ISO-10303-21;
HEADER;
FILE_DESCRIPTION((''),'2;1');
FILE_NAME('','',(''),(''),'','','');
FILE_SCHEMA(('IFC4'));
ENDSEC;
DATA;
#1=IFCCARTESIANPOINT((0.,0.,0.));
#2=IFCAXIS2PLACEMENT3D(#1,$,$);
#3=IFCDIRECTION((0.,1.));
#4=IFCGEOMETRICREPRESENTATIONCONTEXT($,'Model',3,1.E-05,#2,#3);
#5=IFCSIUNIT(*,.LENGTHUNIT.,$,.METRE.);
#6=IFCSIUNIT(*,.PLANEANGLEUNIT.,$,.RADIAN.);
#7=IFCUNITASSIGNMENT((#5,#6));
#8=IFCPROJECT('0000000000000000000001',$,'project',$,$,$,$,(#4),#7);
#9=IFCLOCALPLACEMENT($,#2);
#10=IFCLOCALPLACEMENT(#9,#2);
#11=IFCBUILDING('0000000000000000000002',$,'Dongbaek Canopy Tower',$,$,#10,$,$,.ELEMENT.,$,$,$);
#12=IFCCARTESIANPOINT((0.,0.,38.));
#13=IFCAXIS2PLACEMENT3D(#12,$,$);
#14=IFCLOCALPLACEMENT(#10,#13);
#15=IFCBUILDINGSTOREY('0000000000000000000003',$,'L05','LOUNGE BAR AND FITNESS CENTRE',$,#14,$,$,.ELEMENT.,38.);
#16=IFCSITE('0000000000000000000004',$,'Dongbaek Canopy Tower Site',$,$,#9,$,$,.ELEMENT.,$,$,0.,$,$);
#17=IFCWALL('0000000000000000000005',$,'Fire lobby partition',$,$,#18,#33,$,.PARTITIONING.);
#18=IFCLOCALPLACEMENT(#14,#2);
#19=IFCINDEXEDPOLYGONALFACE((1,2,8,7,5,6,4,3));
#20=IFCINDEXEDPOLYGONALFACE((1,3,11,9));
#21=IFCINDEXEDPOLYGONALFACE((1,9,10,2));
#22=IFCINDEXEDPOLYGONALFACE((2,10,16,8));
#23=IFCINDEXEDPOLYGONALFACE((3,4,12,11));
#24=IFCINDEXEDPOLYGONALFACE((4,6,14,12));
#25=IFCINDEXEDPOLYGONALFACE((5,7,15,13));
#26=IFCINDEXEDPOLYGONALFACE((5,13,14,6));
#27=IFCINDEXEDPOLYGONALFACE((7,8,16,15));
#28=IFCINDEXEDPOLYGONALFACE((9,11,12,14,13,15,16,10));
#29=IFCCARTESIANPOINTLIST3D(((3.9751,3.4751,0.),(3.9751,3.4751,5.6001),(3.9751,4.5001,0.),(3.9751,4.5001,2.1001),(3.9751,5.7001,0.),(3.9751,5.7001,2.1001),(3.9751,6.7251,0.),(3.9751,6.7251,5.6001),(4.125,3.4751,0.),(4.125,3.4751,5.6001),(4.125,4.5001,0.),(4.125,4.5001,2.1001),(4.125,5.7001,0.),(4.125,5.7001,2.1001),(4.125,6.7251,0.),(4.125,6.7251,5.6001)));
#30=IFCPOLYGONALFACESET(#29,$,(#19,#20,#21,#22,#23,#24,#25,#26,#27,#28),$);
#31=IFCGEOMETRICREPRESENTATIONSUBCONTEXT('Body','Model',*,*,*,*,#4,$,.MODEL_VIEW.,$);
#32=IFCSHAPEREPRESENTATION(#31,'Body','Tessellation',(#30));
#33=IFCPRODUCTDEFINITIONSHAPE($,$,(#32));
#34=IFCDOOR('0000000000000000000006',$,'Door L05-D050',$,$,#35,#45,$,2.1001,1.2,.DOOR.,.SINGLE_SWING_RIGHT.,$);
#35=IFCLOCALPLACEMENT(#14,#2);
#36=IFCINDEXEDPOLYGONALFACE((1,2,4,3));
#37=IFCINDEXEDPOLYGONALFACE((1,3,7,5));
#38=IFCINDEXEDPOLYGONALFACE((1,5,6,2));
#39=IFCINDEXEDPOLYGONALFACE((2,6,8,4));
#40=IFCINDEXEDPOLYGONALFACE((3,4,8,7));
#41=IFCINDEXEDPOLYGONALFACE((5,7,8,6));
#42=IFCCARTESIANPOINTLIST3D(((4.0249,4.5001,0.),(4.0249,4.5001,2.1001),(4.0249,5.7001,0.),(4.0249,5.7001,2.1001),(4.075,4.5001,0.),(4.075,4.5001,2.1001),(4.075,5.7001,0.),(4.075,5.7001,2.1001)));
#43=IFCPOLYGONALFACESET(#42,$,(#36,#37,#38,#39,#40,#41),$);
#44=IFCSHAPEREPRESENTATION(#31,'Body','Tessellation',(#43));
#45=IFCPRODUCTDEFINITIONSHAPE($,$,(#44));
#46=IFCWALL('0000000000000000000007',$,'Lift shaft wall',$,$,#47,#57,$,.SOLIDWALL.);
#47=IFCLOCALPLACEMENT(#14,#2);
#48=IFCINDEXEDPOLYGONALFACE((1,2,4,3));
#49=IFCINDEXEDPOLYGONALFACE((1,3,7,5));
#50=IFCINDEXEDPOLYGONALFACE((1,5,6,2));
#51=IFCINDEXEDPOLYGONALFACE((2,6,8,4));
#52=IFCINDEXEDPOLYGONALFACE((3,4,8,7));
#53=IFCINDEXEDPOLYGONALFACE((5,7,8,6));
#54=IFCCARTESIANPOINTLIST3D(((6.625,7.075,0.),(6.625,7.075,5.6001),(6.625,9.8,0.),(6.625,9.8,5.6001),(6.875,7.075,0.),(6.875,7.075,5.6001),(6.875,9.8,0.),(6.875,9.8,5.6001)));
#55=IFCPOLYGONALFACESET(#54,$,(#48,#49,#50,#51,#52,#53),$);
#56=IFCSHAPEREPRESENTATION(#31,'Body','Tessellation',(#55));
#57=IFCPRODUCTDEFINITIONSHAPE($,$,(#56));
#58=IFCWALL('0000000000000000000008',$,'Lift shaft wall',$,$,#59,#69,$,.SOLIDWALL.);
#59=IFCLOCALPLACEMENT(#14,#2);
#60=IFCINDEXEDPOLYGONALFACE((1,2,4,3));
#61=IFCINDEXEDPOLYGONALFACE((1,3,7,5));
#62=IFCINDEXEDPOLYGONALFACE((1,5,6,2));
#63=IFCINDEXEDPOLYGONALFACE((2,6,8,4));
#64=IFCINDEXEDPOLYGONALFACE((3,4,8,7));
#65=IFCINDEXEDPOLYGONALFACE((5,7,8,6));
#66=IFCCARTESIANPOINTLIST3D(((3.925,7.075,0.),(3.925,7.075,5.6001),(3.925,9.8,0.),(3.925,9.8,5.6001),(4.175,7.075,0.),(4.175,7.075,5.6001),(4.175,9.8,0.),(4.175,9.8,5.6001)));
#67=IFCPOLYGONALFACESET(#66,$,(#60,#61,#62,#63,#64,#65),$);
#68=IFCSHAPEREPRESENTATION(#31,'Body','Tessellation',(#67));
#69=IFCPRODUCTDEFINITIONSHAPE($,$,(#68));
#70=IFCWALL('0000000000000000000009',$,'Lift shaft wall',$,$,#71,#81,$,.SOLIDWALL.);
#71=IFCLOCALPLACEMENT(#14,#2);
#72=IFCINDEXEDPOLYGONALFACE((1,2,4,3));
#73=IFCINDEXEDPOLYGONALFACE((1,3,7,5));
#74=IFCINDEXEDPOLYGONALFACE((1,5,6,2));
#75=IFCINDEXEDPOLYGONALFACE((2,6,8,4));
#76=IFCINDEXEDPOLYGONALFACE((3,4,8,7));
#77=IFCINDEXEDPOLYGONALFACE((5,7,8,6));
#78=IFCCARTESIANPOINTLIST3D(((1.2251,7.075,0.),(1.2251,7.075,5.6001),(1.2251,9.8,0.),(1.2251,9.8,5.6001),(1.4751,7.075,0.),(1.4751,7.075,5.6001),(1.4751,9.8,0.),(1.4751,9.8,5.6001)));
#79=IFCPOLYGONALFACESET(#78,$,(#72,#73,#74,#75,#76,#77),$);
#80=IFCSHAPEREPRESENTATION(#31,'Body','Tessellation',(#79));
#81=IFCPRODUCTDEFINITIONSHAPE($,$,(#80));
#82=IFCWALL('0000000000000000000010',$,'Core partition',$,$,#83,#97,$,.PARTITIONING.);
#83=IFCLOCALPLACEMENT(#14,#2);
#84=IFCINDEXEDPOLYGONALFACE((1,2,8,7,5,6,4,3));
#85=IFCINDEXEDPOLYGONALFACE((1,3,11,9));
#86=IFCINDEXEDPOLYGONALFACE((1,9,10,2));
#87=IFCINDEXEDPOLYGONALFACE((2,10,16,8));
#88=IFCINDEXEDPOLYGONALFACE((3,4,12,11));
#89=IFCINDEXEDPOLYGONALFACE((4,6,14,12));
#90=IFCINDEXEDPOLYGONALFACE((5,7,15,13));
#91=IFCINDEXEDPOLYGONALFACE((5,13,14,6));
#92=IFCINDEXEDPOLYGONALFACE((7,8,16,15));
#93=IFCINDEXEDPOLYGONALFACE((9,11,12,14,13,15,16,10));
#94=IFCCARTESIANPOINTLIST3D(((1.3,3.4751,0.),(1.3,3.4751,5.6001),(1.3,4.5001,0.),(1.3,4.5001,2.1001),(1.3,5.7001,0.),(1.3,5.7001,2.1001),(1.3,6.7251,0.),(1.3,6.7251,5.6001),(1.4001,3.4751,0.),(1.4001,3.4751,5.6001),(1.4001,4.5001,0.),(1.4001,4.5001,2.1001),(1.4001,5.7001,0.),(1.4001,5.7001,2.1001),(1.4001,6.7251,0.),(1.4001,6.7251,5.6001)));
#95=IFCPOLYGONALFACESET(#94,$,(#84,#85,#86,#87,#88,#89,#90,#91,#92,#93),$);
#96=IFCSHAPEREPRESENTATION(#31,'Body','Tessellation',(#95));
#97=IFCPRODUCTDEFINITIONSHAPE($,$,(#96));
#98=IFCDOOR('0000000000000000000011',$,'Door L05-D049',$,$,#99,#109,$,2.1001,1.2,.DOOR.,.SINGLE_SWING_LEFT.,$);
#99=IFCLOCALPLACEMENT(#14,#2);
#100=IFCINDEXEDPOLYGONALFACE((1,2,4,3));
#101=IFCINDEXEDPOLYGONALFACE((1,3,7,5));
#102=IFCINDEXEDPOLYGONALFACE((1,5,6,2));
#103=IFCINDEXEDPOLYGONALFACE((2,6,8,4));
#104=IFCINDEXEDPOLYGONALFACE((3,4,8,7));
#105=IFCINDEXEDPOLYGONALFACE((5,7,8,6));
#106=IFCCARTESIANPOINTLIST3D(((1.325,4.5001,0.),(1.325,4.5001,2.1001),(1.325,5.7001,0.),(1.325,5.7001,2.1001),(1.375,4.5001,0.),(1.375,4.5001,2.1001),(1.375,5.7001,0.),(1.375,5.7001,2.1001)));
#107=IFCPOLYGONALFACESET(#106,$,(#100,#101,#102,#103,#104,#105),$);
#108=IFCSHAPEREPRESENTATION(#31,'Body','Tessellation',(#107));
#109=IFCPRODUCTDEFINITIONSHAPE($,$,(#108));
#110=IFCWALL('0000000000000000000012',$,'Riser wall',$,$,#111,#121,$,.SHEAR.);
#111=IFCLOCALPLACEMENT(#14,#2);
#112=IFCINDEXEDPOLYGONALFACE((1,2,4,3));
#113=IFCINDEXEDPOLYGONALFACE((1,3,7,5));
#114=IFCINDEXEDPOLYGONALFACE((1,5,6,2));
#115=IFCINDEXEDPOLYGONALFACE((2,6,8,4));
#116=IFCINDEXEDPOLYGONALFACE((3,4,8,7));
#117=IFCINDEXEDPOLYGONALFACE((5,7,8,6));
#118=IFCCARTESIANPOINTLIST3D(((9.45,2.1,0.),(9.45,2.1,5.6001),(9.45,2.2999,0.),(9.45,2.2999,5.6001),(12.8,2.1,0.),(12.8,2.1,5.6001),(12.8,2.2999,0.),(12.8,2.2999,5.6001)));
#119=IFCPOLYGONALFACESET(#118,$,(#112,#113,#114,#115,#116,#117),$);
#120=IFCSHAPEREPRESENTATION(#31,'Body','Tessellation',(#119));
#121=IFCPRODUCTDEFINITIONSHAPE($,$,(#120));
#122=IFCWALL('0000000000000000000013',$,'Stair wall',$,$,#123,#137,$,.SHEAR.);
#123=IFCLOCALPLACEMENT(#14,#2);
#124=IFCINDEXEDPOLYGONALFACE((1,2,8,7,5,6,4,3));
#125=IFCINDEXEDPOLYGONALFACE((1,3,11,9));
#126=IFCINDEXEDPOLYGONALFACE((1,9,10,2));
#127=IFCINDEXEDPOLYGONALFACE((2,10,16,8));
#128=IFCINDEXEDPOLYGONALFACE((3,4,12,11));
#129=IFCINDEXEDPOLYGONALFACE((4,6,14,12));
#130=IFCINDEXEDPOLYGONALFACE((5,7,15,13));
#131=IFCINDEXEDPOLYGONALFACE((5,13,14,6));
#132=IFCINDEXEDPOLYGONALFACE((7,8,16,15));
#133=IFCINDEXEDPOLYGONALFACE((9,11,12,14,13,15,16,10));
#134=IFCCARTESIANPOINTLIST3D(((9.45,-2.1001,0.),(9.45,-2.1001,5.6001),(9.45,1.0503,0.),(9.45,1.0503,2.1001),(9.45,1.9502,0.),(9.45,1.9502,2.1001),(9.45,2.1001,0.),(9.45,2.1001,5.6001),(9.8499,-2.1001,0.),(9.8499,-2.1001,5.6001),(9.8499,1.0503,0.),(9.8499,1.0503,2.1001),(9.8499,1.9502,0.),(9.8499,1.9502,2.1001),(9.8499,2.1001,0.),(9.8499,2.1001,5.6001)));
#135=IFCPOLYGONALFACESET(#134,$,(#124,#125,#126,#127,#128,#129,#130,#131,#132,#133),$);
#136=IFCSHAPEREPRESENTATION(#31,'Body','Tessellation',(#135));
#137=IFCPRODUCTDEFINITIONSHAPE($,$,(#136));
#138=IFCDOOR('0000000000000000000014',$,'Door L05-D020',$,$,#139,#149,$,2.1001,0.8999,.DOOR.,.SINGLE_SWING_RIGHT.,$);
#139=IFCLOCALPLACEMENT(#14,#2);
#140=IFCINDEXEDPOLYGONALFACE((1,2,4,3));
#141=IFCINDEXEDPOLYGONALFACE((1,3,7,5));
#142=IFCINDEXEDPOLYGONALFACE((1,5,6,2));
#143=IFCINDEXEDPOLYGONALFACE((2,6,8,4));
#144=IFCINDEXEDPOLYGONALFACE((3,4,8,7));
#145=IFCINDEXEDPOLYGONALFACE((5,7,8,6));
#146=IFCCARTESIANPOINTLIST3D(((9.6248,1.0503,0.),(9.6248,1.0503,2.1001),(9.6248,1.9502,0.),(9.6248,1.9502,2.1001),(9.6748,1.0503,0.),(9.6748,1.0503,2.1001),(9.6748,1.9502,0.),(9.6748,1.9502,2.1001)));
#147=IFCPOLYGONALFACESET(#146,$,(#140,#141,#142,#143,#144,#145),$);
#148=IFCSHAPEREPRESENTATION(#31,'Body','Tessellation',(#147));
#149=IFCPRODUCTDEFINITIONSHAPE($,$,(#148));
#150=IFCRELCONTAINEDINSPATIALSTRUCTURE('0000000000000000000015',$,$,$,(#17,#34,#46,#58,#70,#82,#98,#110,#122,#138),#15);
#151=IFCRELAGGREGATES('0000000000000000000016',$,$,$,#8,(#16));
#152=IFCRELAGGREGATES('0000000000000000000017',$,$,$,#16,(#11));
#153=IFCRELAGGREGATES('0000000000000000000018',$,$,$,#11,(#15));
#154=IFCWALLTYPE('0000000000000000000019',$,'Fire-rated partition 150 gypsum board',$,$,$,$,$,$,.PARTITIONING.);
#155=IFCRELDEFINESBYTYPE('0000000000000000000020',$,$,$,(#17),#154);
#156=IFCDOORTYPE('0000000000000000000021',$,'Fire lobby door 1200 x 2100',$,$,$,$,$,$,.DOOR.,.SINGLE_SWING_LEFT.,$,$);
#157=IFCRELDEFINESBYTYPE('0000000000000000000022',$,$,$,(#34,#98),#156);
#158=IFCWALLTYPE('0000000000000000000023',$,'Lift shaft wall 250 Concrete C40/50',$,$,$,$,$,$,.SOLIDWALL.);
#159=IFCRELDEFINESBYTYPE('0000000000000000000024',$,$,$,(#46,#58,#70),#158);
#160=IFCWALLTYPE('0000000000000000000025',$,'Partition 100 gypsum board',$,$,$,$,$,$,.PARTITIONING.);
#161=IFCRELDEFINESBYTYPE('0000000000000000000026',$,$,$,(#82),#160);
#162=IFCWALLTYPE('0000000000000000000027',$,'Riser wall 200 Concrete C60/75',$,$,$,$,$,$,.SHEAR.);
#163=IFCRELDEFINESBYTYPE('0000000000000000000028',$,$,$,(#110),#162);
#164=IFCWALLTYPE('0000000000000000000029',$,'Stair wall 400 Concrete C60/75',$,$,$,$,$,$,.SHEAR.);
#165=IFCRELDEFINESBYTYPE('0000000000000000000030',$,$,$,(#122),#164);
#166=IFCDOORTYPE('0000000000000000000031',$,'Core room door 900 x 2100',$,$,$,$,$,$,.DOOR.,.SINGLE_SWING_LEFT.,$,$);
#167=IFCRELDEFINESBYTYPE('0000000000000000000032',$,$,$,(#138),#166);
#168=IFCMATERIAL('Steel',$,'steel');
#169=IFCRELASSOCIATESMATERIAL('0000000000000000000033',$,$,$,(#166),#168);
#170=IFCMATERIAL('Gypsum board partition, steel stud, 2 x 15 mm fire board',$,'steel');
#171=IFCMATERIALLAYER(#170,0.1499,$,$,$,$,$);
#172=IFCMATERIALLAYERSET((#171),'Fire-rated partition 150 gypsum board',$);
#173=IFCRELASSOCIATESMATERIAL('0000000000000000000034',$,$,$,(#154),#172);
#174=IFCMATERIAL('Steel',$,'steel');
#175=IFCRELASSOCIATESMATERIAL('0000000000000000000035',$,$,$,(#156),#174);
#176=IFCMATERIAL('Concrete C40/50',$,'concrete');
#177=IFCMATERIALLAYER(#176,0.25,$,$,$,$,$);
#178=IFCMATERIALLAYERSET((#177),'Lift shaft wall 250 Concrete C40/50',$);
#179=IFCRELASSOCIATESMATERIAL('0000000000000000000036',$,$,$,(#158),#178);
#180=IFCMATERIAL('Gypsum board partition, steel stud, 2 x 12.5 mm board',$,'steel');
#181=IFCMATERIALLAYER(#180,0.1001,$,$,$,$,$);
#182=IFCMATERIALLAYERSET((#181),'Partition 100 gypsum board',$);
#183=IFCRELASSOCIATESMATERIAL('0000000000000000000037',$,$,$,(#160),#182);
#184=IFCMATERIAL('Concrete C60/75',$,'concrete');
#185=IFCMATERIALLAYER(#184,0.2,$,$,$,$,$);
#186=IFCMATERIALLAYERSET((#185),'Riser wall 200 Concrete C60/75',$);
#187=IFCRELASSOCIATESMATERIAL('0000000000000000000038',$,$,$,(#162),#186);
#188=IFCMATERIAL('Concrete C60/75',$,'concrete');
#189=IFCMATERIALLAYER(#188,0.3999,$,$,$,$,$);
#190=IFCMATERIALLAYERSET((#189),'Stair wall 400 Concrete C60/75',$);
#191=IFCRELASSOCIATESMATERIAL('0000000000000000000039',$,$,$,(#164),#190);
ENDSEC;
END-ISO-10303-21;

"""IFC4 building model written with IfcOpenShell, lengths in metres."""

from ifc_helpers import new_model, si_unit, direction, frame, frame_2d, origin, place, context, subcontext, project, spatial, rectangle, extrude, material, layer, layer_set, type_object, element, fill, save


model = new_model("IFC4")

# Units and contexts
model_context = context("Model", 3, precision=1e-05, world=origin(), true_north=direction((0.0, 1.0)))
body_context = subcontext(model_context, "Body", "Model", "MODEL_VIEW")
ifc_project = project(units=[si_unit("LENGTHUNIT", "METRE"), si_unit("PLANEANGLEUNIT", "RADIAN")], contexts=[model_context])

# Site, building, storey
site_placement = place(None, origin())
site = spatial("IfcSite", under=ifc_project, at=site_placement, Name="Dongbaek Canopy Tower Site", CompositionType="ELEMENT", RefElevation=0.0)
building_placement = place(site_placement, origin())
building = spatial("IfcBuilding", under=site, at=building_placement, Name="Dongbaek Canopy Tower", CompositionType="ELEMENT")
storey_placement = place(building_placement, frame((0.0, 0.0, 38.0)))
storey = spatial("IfcBuildingStorey", under=building, at=storey_placement, Name="L05", Description="LOUNGE BAR AND FITNESS CENTRE", CompositionType="ELEMENT", Elevation=38.0)

# Shared definitions
ifc_material_1 = material(Name="Steel", Category="steel")
door_type_1 = type_object("IfcDoorType", Name="Core room door 900 x 2100", OperationType="SINGLE_SWING_LEFT", PredefinedType="DOOR", material=ifc_material_1)

# Wall, opening, door
ifc_material_2 = material(Name="Gypsum board partition, steel stud, 2 x 15 mm fire board", Category="steel")
ifc_layer_1 = layer(ifc_material_2, 0.1499)
ifc_layer_set_1 = layer_set([ifc_layer_1], Name="Fire-rated partition 150 gypsum board")
wall_type_1 = type_object("IfcWallType", Name="Fire-rated partition 150 gypsum board", PredefinedType="PARTITIONING", material=ifc_layer_set_1)
wall_1_placement = place(storey_placement, frame((4.05, 6.7251, 0.0), z_axis=(0.0, 0.0, 1.0), x_axis=(0.0, -1.0, 0.0)))
wall_1 = element("IfcWall", 1, at=wall_1_placement, inside=storey, type_object=wall_type_1, Name="Fire lobby partition", PredefinedType="PARTITIONING", context=body_context, shape_type="SweptSolid", body=[
    extrude(rectangle(XDim=3.25, YDim=0.1499, at=frame_2d((1.625, 0.0))), origin(), (0.0, 0.0, 1.0), 5.6001),
])
opening_1_placement = place(wall_1_placement, frame((1.0249, 0.0, 0.0)))
opening_1 = element("IfcOpeningElement", 2, at=opening_1_placement, cuts=wall_1, PredefinedType="OPENING", context=body_context, shape_type="SweptSolid", body=[
    extrude(rectangle(XDim=1.2, YDim=2.1001, at=frame_2d((0.6001, 1.05))), frame((0.0, 0.085, 0.0), z_axis=(0.0, -1.0, 0.0), x_axis=(1.0, 0.0, 0.0)), (0.0, 0.0, 1.0), 0.1699),
])
ifc_material_3 = material(Name="Steel", Category="steel")
door_type_2 = type_object("IfcDoorType", Name="Fire lobby door 1200 x 2100", OperationType="SINGLE_SWING_LEFT", PredefinedType="DOOR", material=ifc_material_3)
door_1_placement = place(opening_1_placement, origin())
door_1 = element("IfcDoor", 3, at=door_1_placement, inside=storey, type_object=door_type_2, Name="Door L05-D050", OperationType="SINGLE_SWING_RIGHT", OverallHeight=2.1001, OverallWidth=1.2, PredefinedType="DOOR", context=body_context, shape_type="SweptSolid", body=[
    extrude(rectangle(XDim=1.2, YDim=2.1001, at=frame_2d((0.6001, 1.05))), frame((0.0, 0.0249, 0.0), z_axis=(0.0, -1.0, 0.0), x_axis=(1.0, 0.0, 0.0)), (0.0, 0.0, 1.0), 0.05),
])
fill(opening_1, door_1)

# Walls
ifc_material_4 = material(Name="Concrete C40/50", Category="concrete")
ifc_layer_2 = layer(ifc_material_4, 0.25)
ifc_layer_set_2 = layer_set([ifc_layer_2], Name="Lift shaft wall 250 Concrete C40/50")
wall_type_2 = type_object("IfcWallType", Name="Lift shaft wall 250 Concrete C40/50", PredefinedType="SOLIDWALL", material=ifc_layer_set_2)
for number, where, z_axis, x_axis, name in (
    (4, (6.75, 7.075, 0.0), (0.0, 0.0, 1.0), (0.0, 1.0, 0.0), "Lift shaft wall"),
    (5, (4.05, 7.075, 0.0), (0.0, 0.0, 1.0), (0.0, 1.0, 0.0), "Lift shaft wall"),
    (6, (1.3501, 7.075, 0.0), (0.0, 0.0, 1.0), (0.0, 1.0, 0.0), "Lift shaft wall"),
):
    element("IfcWall", number, at=place(storey_placement, frame(where, z_axis=z_axis, x_axis=x_axis)), inside=storey, type_object=wall_type_2, Name=name, PredefinedType="SOLIDWALL", context=body_context, shape_type="SweptSolid", body=[
        extrude(rectangle(XDim=2.7251, YDim=0.25, at=frame_2d((1.3625, 0.0))), origin(), (0.0, 0.0, 1.0), 5.6001),
    ])

# Wall, opening, door
ifc_material_5 = material(Name="Gypsum board partition, steel stud, 2 x 12.5 mm board", Category="steel")
ifc_layer_3 = layer(ifc_material_5, 0.1001)
ifc_layer_set_3 = layer_set([ifc_layer_3], Name="Partition 100 gypsum board")
wall_type_3 = type_object("IfcWallType", Name="Partition 100 gypsum board", PredefinedType="PARTITIONING", material=ifc_layer_set_3)
wall_2_placement = place(storey_placement, frame((1.3501, 6.7251, 0.0), z_axis=(0.0, 0.0, 1.0), x_axis=(0.0, -1.0, 0.0)))
wall_2 = element("IfcWall", 7, at=wall_2_placement, inside=storey, type_object=wall_type_3, Name="Core partition", PredefinedType="PARTITIONING", context=body_context, shape_type="SweptSolid", body=[
    extrude(rectangle(XDim=3.25, YDim=0.1001, at=frame_2d((1.625, 0.0))), origin(), (0.0, 0.0, 1.0), 5.6001),
])
opening_2_placement = place(wall_2_placement, frame((1.0249, 0.0, 0.0)))
opening_2 = element("IfcOpeningElement", 8, at=opening_2_placement, cuts=wall_2, PredefinedType="OPENING", context=body_context, shape_type="SweptSolid", body=[
    extrude(rectangle(XDim=1.2, YDim=2.1001, at=frame_2d((0.6001, 1.05))), frame((0.0, 0.0601, 0.0), z_axis=(0.0, -1.0, 0.0), x_axis=(1.0, 0.0, 0.0)), (0.0, 0.0, 1.0), 0.1201),
])
door_2_placement = place(opening_2_placement, origin())
door_2 = element("IfcDoor", 9, at=door_2_placement, inside=storey, type_object=door_type_2, Name="Door L05-D049", OperationType="SINGLE_SWING_LEFT", OverallHeight=2.1001, OverallWidth=1.2, PredefinedType="DOOR", context=body_context, shape_type="SweptSolid", body=[
    extrude(rectangle(XDim=1.2, YDim=2.1001, at=frame_2d((0.6001, 1.05))), frame((0.0, 0.0249, 0.0), z_axis=(0.0, -1.0, 0.0), x_axis=(1.0, 0.0, 0.0)), (0.0, 0.0, 1.0), 0.05),
])
fill(opening_2, door_2)

# Wall
ifc_material_6 = material(Name="Concrete C60/75", Category="concrete")
ifc_layer_4 = layer(ifc_material_6, 0.2)
ifc_layer_set_4 = layer_set([ifc_layer_4], Name="Riser wall 200 Concrete C60/75")
wall_type_4 = type_object("IfcWallType", Name="Riser wall 200 Concrete C60/75", PredefinedType="SHEAR", material=ifc_layer_set_4)
wall_3_placement = place(storey_placement, frame((9.45, 2.2, 0.0), z_axis=(0.0, 0.0, 1.0), x_axis=(1.0, 0.0, 0.0)))
element("IfcWall", 10, at=wall_3_placement, inside=storey, type_object=wall_type_4, Name="Riser wall", PredefinedType="SHEAR", context=body_context, shape_type="SweptSolid", body=[
    extrude(rectangle(XDim=3.3501, YDim=0.2, at=frame_2d((1.675, 0.0))), origin(), (0.0, 0.0, 1.0), 5.6001),
])

# Wall, opening, door
ifc_material_7 = material(Name="Concrete C60/75", Category="concrete")
ifc_layer_5 = layer(ifc_material_7, 0.3999)
ifc_layer_set_5 = layer_set([ifc_layer_5], Name="Stair wall 400 Concrete C60/75")
wall_type_5 = type_object("IfcWallType", Name="Stair wall 400 Concrete C60/75", PredefinedType="SHEAR", material=ifc_layer_set_5)
wall_4_placement = place(storey_placement, frame((9.6499, 2.1001, 0.0), z_axis=(0.0, 0.0, 1.0), x_axis=(0.0, -1.0, 0.0)))
wall_4 = element("IfcWall", 11, at=wall_4_placement, inside=storey, type_object=wall_type_5, Name="Stair wall", PredefinedType="SHEAR", context=body_context, shape_type="SweptSolid", body=[
    extrude(rectangle(XDim=4.2002, YDim=0.3999, at=frame_2d((2.1001, 0.0))), origin(), (0.0, 0.0, 1.0), 5.6001),
])
opening_3_placement = place(wall_4_placement, frame((0.1499, 0.0, 0.0)))
opening_3 = element("IfcOpeningElement", 12, at=opening_3_placement, cuts=wall_4, PredefinedType="OPENING", context=body_context, shape_type="SweptSolid", body=[
    extrude(rectangle(XDim=0.8999, YDim=2.1001, at=frame_2d((0.45, 1.05))), frame((0.0, 0.21, 0.0), z_axis=(0.0, -1.0, 0.0), x_axis=(1.0, 0.0, 0.0)), (0.0, 0.0, 1.0), 0.4199),
])
door_3_placement = place(opening_3_placement, origin())
door_3 = element("IfcDoor", 13, at=door_3_placement, inside=storey, type_object=door_type_1, Name="Door L05-D020", OperationType="SINGLE_SWING_RIGHT", OverallHeight=2.1001, OverallWidth=0.8999, PredefinedType="DOOR", context=body_context, shape_type="SweptSolid", body=[
    extrude(rectangle(XDim=0.8999, YDim=2.1001, at=frame_2d((0.45, 1.05))), frame((0.0, 0.0249, 0.0), z_axis=(0.0, -1.0, 0.0), x_axis=(1.0, 0.0, 0.0)), (0.0, 0.0, 1.0), 0.05),
])
fill(opening_3, door_3)

save(model, "model.ifc")
